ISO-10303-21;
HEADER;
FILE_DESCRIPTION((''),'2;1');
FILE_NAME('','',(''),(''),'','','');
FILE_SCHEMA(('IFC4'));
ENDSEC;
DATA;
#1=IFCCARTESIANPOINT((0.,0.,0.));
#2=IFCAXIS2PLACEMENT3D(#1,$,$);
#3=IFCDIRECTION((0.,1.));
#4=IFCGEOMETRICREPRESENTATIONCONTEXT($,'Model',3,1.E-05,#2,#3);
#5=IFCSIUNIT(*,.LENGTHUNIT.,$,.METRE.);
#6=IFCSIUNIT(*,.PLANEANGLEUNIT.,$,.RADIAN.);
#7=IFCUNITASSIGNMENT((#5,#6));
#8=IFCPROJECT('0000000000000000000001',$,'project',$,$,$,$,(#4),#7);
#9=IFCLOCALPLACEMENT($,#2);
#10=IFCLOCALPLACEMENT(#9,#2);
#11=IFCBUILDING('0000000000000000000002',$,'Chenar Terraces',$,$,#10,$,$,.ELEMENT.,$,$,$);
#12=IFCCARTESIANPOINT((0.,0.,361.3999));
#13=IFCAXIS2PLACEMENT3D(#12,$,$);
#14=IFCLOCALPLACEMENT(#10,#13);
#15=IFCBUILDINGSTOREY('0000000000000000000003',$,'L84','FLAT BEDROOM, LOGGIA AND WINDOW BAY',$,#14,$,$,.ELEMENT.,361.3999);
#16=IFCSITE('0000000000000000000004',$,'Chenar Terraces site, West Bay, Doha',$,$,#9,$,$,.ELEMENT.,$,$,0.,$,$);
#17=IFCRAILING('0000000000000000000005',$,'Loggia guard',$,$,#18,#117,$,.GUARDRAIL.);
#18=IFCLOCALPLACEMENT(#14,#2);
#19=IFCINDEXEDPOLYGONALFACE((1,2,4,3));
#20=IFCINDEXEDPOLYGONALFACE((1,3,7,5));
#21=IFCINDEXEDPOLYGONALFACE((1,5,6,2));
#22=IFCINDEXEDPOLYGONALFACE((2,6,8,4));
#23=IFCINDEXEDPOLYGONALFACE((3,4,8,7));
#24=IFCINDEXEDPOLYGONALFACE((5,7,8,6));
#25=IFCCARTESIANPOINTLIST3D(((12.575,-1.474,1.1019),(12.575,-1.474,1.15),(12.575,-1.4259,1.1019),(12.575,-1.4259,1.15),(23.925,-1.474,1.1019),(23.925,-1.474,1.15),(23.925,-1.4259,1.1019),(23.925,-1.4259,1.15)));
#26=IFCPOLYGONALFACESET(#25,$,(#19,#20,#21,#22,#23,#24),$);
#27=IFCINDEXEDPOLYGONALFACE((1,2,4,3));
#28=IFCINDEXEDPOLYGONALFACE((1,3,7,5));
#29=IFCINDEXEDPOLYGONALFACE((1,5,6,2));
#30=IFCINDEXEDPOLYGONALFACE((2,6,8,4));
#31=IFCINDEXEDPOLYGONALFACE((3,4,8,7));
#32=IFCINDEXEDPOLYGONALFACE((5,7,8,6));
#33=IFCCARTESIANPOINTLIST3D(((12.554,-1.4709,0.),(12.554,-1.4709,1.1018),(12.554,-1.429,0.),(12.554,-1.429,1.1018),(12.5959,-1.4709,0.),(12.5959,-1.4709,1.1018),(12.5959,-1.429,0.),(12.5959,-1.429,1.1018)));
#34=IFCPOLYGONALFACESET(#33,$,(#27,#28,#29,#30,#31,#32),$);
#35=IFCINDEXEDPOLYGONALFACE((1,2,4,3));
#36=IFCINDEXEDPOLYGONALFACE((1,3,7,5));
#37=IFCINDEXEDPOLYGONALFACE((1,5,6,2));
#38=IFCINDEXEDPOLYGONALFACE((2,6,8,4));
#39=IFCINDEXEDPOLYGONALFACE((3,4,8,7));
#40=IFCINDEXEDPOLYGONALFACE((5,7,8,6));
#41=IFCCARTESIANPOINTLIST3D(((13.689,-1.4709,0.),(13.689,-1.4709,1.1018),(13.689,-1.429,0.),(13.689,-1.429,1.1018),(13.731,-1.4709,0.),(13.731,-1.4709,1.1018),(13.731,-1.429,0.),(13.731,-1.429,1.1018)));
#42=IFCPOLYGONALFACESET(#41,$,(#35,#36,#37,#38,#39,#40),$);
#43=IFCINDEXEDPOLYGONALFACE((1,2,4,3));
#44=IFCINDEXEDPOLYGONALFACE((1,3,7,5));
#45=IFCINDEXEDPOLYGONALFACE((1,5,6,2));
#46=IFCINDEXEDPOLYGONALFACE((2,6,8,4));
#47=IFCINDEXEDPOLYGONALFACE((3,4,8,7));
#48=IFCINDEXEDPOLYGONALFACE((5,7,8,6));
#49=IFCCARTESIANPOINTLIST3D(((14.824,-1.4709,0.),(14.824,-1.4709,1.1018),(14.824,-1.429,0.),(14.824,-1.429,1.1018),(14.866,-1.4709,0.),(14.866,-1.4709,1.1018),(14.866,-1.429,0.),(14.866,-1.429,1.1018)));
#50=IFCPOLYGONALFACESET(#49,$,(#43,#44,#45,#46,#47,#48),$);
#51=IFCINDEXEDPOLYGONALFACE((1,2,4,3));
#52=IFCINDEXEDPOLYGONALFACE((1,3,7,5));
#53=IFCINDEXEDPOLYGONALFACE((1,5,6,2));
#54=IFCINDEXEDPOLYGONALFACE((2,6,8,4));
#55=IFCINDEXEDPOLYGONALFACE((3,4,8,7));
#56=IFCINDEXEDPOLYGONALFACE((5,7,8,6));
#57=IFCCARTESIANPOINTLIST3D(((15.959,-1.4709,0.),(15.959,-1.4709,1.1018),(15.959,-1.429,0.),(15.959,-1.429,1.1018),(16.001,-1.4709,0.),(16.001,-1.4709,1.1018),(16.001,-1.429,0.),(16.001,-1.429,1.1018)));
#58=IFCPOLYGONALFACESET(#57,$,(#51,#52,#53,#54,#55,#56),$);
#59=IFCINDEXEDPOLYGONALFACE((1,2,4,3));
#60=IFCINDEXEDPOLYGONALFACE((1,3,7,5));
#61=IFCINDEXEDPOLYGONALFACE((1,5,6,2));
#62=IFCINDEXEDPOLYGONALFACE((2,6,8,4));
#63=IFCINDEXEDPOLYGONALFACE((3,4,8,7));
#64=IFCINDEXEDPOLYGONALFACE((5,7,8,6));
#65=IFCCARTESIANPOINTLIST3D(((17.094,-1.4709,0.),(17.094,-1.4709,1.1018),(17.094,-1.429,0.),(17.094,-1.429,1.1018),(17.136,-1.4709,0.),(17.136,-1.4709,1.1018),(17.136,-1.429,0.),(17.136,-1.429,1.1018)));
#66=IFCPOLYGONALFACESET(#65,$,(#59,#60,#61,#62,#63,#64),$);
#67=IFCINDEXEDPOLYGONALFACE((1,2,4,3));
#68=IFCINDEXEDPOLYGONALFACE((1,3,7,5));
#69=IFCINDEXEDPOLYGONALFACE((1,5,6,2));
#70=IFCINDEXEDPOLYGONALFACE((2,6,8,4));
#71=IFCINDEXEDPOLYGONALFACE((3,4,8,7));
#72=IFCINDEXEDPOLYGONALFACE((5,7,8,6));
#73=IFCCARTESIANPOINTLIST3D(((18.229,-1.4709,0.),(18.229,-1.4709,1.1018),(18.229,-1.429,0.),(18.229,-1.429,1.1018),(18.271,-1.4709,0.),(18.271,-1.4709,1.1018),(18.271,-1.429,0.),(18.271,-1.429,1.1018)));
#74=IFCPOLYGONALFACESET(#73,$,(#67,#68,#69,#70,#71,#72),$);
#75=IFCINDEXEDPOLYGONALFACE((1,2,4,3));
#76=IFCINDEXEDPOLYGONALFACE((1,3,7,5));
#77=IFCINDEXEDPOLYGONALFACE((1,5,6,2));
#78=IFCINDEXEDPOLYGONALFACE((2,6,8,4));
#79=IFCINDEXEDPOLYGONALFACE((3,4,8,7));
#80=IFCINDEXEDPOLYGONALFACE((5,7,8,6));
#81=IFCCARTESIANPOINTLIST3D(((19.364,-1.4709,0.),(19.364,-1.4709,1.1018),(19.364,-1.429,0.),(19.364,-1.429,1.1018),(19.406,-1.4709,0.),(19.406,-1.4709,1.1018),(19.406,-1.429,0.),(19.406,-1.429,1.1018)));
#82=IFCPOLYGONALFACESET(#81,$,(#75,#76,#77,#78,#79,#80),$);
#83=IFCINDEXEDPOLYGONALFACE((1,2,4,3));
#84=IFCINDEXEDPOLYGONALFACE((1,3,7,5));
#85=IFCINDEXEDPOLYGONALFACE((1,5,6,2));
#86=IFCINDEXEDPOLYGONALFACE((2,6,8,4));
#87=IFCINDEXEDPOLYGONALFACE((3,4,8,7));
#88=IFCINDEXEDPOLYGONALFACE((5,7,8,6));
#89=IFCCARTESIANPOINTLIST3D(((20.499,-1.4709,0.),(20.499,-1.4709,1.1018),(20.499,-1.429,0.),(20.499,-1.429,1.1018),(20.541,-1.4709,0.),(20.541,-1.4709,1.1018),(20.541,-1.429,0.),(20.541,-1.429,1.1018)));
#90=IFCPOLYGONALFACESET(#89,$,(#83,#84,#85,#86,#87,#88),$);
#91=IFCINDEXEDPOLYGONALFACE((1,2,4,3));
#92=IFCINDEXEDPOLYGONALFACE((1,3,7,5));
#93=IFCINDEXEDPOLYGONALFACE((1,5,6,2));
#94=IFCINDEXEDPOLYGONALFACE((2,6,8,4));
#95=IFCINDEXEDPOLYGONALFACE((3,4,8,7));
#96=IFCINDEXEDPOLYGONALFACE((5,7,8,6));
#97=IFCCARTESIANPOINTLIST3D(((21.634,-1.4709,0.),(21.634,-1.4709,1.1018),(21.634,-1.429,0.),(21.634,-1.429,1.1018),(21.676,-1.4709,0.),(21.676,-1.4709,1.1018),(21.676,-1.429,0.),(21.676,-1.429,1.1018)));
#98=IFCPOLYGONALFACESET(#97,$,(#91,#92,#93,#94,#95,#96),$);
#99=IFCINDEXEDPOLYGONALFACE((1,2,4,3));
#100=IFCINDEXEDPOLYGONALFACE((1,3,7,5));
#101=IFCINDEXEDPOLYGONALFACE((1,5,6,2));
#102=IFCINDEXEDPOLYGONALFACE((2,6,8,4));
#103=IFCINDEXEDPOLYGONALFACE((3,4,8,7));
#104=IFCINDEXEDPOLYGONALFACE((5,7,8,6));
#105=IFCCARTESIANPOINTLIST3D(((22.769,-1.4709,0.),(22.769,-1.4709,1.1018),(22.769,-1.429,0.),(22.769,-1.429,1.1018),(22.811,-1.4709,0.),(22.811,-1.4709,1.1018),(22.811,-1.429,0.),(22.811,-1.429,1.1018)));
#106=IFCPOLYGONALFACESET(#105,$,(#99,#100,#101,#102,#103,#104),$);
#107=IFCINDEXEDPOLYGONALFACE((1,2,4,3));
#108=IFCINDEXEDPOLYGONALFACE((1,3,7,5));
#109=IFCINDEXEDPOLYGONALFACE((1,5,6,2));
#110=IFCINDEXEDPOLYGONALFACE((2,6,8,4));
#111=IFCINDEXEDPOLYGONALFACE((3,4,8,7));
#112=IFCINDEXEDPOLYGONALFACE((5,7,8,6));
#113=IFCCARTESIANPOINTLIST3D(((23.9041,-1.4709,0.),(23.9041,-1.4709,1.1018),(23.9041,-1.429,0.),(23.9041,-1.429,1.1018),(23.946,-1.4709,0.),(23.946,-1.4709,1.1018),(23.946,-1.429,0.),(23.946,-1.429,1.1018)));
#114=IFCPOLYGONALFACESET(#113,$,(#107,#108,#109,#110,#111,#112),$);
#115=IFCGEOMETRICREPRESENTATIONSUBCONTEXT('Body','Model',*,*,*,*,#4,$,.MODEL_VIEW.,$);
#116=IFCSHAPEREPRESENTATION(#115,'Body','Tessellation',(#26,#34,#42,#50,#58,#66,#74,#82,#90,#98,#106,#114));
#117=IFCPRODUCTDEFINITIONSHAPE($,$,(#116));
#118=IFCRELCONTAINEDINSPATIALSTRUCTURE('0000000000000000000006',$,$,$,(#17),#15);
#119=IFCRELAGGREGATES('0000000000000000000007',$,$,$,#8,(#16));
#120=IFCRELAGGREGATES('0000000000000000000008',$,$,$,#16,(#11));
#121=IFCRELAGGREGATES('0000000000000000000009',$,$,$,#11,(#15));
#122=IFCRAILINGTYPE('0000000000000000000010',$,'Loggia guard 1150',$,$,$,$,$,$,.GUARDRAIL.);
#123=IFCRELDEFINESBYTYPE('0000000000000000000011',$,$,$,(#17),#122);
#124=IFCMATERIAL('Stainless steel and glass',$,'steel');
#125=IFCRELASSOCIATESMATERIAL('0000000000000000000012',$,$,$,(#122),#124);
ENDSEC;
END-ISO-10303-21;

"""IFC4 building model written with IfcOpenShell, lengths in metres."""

from ifc_helpers import new_model, si_unit, direction, frame, origin, origin_2d, place, context, subcontext, project, spatial, rectangle, extrude, material, type_object, element, save


model = new_model("IFC4")

# Units and contexts
model_context = context("Model", 3, precision=1e-05, world=origin(), true_north=direction((0.0, 1.0)))
body_context = subcontext(model_context, "Body", "Model", "MODEL_VIEW")
ifc_project = project(units=[si_unit("LENGTHUNIT", "METRE"), si_unit("PLANEANGLEUNIT", "RADIAN")], contexts=[model_context])

# Site, building, storey
site_placement = place(None, origin())
site = spatial("IfcSite", under=ifc_project, at=site_placement, Name="Chenar Terraces site, West Bay, Doha", CompositionType="ELEMENT", RefElevation=0.0)
building_placement = place(site_placement, origin())
building = spatial("IfcBuilding", under=site, at=building_placement, Name="Chenar Terraces", CompositionType="ELEMENT")
storey_placement = place(building_placement, frame((0.0, 0.0, 361.3999)))
storey = spatial("IfcBuildingStorey", under=building, at=storey_placement, Name="L84", Description="FLAT BEDROOM, LOGGIA AND WINDOW BAY", CompositionType="ELEMENT", Elevation=361.3999)

# Railing
ifc_material_1 = material(Name="Stainless steel and glass", Category="steel")
railing_type = type_object("IfcRailingType", Name="Loggia guard 1150", PredefinedType="GUARDRAIL", material=ifc_material_1)
railing_placement = place(storey_placement, frame((12.575, -1.45, 0.0)))
element("IfcRailing", 1, at=railing_placement, inside=storey, type_object=railing_type, Name="Loggia guard", PredefinedType="GUARDRAIL", context=body_context, shape_type="SweptSolid", body=[
    extrude(rectangle(XDim=0.0481, YDim=0.0481, at=origin_2d()), frame((0.0, 0.0, 1.126), z_axis=(1.0, 0.0, 0.0), x_axis=(0.0, 1.0, 0.0)), (0.0, 0.0, 1.0), 11.3501),
    extrude(rectangle(XDim=0.042, YDim=0.042, at=origin_2d()), origin(), (0.0, 0.0, 1.0), 1.1018),
    extrude(rectangle(XDim=0.042, YDim=0.042, at=origin_2d()), frame((1.135, 0.0, 0.0)), (0.0, 0.0, 1.0), 1.1018),
    extrude(rectangle(XDim=0.042, YDim=0.042, at=origin_2d()), frame((2.27, 0.0, 0.0)), (0.0, 0.0, 1.0), 1.1018),
    extrude(rectangle(XDim=0.042, YDim=0.042, at=origin_2d()), frame((3.405, 0.0, 0.0)), (0.0, 0.0, 1.0), 1.1018),
    extrude(rectangle(XDim=0.042, YDim=0.042, at=origin_2d()), frame((4.54, 0.0, 0.0)), (0.0, 0.0, 1.0), 1.1018),
    extrude(rectangle(XDim=0.042, YDim=0.042, at=origin_2d()), frame((5.675, 0.0, 0.0)), (0.0, 0.0, 1.0), 1.1018),
    extrude(rectangle(XDim=0.042, YDim=0.042, at=origin_2d()), frame((6.8101, 0.0, 0.0)), (0.0, 0.0, 1.0), 1.1018),
    extrude(rectangle(XDim=0.042, YDim=0.042, at=origin_2d()), frame((7.9451, 0.0, 0.0)), (0.0, 0.0, 1.0), 1.1018),
    extrude(rectangle(XDim=0.042, YDim=0.042, at=origin_2d()), frame((9.0801, 0.0, 0.0)), (0.0, 0.0, 1.0), 1.1018),
    extrude(rectangle(XDim=0.042, YDim=0.042, at=origin_2d()), frame((10.2151, 0.0, 0.0)), (0.0, 0.0, 1.0), 1.1018),
    extrude(rectangle(XDim=0.042, YDim=0.042, at=origin_2d()), frame((11.3501, 0.0, 0.0)), (0.0, 0.0, 1.0), 1.1018),
])

save(model, "model.ifc")
